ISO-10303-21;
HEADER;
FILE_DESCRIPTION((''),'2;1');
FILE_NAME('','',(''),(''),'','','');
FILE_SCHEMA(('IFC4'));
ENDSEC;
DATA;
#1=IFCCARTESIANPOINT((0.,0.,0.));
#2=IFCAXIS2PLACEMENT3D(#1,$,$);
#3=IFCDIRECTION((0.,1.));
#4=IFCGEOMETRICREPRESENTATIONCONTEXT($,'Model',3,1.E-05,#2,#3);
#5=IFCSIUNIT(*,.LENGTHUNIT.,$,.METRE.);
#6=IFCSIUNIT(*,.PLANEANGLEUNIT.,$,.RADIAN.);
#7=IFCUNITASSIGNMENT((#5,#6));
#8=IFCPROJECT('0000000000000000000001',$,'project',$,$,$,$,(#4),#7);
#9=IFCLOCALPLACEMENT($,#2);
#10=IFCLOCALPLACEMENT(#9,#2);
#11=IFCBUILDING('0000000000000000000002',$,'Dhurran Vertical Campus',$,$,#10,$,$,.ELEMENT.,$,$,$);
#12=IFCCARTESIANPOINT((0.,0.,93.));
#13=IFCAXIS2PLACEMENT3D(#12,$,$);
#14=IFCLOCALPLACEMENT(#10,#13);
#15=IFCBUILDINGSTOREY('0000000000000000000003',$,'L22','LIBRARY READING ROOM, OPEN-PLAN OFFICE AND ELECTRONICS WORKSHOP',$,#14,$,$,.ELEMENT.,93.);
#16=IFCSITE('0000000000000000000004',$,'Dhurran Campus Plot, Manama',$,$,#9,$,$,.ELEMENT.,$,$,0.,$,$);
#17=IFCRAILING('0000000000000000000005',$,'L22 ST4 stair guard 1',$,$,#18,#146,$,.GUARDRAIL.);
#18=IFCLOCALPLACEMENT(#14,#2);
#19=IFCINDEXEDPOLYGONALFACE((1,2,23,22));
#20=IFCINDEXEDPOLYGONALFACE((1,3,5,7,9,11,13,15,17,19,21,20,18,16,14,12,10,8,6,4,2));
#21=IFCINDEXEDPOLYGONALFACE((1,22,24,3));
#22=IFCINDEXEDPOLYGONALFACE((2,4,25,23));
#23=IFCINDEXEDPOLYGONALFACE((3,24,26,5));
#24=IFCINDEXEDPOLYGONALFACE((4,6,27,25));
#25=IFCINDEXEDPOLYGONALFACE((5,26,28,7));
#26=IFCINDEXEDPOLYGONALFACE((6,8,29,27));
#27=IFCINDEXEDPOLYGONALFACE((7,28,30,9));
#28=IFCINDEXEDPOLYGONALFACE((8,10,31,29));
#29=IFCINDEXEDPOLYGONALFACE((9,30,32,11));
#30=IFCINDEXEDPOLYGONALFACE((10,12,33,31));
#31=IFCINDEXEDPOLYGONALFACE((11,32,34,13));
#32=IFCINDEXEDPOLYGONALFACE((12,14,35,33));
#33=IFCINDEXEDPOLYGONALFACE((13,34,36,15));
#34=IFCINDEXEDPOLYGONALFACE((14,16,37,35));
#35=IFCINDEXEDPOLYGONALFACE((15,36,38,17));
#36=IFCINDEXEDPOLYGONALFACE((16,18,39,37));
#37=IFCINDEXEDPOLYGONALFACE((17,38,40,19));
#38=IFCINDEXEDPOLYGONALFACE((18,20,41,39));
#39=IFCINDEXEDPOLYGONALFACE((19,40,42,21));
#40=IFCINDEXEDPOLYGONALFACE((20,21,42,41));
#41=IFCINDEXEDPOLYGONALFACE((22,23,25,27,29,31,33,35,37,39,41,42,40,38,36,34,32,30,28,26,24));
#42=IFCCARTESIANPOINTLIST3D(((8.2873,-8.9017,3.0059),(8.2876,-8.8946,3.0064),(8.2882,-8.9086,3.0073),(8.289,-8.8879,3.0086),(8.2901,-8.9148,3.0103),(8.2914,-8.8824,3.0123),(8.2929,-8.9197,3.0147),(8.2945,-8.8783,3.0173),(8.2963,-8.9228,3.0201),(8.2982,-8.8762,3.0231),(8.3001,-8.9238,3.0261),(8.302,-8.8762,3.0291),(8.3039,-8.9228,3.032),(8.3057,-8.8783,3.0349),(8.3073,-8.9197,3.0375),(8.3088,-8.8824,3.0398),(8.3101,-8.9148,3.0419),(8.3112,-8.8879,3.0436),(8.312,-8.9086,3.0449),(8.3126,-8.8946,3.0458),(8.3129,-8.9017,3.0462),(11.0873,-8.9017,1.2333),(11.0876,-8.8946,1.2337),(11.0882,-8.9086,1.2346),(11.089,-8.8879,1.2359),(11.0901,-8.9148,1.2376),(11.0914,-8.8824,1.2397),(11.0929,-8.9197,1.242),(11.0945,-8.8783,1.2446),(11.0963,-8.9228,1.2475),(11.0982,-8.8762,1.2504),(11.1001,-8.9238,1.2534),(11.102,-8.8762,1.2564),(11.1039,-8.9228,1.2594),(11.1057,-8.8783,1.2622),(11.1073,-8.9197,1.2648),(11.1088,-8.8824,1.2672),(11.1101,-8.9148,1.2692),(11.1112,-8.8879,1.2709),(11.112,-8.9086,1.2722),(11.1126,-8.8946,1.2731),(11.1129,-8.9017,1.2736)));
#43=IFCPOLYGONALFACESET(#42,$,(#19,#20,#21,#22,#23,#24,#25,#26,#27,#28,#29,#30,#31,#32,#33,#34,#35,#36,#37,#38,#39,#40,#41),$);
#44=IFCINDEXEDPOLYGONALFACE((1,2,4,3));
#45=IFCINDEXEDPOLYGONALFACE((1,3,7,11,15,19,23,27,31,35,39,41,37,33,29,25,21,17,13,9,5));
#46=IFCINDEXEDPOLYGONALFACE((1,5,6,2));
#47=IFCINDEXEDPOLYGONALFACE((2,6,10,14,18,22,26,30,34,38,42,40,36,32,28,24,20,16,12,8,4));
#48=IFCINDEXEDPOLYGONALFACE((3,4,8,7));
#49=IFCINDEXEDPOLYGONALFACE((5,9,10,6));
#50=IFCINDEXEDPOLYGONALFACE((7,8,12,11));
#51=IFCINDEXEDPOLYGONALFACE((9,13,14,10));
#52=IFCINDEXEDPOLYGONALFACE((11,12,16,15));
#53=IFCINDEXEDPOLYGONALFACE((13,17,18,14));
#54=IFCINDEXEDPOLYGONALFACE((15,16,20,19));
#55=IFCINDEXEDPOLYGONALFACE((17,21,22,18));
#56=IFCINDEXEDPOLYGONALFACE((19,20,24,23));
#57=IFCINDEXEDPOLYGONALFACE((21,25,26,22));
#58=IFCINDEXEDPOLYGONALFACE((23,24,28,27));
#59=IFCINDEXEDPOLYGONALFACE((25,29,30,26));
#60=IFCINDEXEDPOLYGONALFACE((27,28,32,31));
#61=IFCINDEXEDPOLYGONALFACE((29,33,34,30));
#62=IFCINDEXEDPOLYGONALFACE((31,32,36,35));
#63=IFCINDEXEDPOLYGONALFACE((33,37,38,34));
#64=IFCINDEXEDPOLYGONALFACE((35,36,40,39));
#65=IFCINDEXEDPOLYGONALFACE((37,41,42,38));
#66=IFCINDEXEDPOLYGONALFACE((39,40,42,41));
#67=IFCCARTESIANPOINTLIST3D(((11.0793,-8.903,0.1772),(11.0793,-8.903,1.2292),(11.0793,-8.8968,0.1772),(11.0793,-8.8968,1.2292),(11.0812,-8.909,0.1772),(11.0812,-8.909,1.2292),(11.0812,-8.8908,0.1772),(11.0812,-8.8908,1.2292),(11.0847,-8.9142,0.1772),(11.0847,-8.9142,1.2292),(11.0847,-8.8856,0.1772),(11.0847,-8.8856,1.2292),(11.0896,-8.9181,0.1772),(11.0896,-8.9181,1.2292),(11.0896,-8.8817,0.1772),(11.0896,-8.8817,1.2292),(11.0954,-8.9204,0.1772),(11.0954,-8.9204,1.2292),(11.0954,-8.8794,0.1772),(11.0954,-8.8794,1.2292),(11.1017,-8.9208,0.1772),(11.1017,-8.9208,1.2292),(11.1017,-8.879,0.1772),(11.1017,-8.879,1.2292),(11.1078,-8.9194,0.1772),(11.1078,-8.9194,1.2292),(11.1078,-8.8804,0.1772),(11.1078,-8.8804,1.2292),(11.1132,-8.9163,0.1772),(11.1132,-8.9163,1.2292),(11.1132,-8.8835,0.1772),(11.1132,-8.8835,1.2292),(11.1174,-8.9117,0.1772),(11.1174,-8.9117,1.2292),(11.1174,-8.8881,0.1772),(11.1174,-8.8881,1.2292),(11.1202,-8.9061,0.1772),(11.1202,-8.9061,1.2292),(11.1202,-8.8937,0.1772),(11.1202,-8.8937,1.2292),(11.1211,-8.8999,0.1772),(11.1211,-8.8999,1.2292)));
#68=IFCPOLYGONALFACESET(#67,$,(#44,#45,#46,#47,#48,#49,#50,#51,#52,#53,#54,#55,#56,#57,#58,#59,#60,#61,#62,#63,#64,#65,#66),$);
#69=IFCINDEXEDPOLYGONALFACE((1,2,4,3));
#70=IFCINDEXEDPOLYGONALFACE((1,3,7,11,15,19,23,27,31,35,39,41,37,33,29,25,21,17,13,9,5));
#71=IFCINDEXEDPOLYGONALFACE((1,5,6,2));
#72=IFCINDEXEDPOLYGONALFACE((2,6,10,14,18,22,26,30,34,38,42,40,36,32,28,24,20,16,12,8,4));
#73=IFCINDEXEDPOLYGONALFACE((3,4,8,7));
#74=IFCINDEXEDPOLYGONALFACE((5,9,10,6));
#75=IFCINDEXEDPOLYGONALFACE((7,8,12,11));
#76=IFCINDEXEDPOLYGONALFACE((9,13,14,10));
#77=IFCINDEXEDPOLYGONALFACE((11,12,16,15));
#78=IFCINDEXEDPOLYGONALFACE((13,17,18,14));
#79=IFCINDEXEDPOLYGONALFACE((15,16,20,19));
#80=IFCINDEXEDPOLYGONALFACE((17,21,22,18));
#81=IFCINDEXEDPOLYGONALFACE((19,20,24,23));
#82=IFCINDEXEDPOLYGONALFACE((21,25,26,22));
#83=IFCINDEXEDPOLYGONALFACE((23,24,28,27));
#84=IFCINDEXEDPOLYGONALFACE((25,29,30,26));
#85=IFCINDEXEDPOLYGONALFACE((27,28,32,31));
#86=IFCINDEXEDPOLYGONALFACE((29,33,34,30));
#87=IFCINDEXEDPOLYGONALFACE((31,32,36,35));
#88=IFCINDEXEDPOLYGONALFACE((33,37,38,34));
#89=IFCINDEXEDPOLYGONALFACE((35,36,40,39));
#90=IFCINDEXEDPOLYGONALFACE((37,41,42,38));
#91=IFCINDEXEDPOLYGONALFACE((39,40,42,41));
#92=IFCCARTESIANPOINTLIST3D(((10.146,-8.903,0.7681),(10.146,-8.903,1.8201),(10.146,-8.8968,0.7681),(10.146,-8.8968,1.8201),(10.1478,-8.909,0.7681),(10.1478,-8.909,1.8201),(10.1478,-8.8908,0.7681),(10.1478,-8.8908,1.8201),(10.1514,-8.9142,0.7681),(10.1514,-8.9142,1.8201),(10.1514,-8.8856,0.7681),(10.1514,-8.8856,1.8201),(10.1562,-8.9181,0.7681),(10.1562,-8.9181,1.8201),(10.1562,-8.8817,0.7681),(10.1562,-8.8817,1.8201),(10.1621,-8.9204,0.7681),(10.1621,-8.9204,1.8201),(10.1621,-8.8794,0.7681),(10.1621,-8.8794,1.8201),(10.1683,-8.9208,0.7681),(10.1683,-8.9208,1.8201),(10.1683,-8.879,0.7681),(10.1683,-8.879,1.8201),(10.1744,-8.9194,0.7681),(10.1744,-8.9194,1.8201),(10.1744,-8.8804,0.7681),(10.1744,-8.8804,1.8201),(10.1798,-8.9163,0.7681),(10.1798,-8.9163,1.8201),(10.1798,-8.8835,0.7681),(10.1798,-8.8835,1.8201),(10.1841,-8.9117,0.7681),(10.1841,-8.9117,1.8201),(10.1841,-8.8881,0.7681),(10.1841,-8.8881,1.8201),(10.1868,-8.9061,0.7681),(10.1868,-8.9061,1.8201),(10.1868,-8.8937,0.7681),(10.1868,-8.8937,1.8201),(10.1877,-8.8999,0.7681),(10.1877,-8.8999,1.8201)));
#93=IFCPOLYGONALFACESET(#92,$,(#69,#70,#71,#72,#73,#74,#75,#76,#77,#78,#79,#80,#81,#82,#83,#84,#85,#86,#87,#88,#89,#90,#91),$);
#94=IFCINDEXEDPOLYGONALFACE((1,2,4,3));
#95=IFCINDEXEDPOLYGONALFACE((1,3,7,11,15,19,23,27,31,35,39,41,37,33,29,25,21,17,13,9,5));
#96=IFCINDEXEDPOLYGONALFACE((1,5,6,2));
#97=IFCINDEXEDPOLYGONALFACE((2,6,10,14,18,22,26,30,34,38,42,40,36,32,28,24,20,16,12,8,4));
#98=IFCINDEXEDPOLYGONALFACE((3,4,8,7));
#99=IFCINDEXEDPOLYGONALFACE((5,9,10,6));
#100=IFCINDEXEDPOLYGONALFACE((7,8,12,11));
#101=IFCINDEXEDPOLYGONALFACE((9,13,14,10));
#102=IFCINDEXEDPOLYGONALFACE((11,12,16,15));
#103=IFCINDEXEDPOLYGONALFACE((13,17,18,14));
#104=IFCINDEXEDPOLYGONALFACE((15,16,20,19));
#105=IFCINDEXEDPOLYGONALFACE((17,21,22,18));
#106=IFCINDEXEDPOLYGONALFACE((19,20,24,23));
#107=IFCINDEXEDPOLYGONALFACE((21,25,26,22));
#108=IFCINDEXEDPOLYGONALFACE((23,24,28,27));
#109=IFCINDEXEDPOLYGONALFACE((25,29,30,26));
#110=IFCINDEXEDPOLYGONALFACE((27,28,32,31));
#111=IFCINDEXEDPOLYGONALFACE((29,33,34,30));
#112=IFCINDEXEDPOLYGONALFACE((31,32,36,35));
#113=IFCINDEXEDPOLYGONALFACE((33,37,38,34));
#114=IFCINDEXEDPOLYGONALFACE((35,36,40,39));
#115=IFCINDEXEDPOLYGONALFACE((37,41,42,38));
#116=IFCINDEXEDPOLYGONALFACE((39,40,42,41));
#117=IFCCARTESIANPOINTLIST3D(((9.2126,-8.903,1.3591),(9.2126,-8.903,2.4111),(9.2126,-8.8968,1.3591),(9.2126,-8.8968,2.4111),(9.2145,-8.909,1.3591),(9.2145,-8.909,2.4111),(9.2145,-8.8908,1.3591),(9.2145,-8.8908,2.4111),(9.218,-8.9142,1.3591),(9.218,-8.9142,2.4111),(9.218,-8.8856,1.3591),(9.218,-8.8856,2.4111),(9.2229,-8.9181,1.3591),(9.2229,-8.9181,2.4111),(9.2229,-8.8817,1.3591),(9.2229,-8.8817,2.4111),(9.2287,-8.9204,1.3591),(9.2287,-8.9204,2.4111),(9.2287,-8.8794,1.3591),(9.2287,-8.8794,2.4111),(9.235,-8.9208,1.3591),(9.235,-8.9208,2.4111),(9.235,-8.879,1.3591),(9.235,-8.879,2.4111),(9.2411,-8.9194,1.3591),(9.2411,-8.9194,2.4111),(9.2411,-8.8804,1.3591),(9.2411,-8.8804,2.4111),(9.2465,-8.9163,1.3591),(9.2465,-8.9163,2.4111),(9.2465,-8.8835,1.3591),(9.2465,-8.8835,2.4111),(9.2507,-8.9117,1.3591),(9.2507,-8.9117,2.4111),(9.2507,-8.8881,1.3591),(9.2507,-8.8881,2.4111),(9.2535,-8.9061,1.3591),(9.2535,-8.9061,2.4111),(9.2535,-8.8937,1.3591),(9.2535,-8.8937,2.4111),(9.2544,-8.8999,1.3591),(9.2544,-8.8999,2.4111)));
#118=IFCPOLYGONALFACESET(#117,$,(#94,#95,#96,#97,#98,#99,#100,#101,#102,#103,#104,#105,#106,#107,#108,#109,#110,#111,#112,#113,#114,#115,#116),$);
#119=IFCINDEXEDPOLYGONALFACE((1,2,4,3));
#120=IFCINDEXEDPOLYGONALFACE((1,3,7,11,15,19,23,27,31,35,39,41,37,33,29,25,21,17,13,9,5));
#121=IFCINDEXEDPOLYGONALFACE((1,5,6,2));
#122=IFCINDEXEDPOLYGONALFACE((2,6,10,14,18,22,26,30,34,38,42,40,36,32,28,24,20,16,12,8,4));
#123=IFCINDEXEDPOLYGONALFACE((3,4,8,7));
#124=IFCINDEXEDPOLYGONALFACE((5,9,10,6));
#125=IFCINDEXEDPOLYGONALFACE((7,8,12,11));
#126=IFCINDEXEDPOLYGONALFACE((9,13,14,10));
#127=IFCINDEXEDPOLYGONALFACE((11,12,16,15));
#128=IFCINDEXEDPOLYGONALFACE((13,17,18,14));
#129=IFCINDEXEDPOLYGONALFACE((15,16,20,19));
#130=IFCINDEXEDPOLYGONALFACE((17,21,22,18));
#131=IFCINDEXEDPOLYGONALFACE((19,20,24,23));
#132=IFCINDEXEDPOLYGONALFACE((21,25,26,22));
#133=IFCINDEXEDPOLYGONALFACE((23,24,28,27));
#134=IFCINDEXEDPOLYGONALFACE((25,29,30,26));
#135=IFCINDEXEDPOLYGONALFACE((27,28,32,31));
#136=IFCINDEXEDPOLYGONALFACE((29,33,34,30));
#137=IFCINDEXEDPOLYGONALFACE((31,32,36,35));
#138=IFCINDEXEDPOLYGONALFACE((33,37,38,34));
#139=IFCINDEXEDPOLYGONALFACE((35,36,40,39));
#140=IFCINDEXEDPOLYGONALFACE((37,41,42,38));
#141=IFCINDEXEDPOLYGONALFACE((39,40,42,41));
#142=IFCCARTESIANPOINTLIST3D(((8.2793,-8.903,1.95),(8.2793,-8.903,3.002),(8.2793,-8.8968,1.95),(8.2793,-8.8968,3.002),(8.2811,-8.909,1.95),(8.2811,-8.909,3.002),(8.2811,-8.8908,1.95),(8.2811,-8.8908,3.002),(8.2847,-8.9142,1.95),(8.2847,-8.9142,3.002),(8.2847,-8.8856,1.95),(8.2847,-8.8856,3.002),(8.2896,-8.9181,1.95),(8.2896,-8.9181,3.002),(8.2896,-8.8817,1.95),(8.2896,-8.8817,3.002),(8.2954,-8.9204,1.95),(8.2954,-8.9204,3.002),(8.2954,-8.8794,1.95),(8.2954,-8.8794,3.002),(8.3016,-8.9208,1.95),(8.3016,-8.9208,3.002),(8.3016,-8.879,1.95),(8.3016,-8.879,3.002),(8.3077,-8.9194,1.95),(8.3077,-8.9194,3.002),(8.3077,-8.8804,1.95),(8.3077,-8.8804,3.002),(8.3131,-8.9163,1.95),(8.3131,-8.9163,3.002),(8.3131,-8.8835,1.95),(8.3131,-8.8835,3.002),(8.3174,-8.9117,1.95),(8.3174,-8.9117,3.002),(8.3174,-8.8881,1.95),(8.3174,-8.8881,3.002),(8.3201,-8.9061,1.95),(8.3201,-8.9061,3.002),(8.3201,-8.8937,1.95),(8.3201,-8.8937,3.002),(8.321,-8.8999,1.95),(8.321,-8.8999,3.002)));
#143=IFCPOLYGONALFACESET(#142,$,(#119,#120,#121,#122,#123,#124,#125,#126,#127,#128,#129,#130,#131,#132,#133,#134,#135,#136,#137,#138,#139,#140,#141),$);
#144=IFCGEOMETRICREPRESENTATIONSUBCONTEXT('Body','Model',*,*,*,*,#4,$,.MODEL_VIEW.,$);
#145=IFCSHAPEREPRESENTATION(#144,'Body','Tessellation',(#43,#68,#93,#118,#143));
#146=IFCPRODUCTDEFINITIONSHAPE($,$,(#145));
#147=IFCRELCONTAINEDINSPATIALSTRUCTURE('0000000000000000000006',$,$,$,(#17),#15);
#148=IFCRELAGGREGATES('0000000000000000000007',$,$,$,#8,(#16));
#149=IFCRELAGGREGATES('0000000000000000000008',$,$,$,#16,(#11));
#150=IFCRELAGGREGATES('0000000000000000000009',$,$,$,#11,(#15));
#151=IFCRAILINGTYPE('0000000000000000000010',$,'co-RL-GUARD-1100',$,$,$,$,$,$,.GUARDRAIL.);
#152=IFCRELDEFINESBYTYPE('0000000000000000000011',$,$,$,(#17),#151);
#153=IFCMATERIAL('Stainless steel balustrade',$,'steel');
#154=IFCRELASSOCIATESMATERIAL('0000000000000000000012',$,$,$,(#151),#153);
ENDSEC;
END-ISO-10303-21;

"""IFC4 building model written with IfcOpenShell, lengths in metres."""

from ifc_helpers import new_model, si_unit, direction, frame, origin, origin_2d, place, context, subcontext, project, spatial, circle, extrude, material, type_object, element, save


model = new_model("IFC4")

# Units and contexts
model_context = context("Model", 3, precision=1e-05, world=origin(), true_north=direction((0.0, 1.0)))
body_context = subcontext(model_context, "Body", "Model", "MODEL_VIEW")
ifc_project = project(units=[si_unit("LENGTHUNIT", "METRE"), si_unit("PLANEANGLEUNIT", "RADIAN")], contexts=[model_context])

# Site, building, storey
site_placement = place(None, origin())
site = spatial("IfcSite", under=ifc_project, at=site_placement, Name="Dhurran Campus Plot, Manama", CompositionType="ELEMENT", RefElevation=0.0)
building_placement = place(site_placement, origin())
building = spatial("IfcBuilding", under=site, at=building_placement, Name="Dhurran Vertical Campus", CompositionType="ELEMENT")
storey_placement = place(building_placement, frame((0.0, 0.0, 93.0)))
storey = spatial("IfcBuildingStorey", under=building, at=storey_placement, Name="L22", Description="LIBRARY READING ROOM, OPEN-PLAN OFFICE AND ELECTRONICS WORKSHOP", CompositionType="ELEMENT", Elevation=93.0)

# Railing
ifc_material_1 = material(Name="Stainless steel balustrade", Category="steel")
railing_type_1 = type_object("IfcRailingType", Name="co-RL-GUARD-1100", PredefinedType="GUARDRAIL", material=ifc_material_1)
railing_1_placement = place(storey_placement, frame((11.1001, -8.8999, 0.1772)))
element("IfcRailing", 1, at=railing_1_placement, inside=storey, type_object=railing_type_1, Name="L22 ST4 stair guard 1", PredefinedType="GUARDRAIL", context=body_context, shape_type="SweptSolid", body=[
    extrude(circle(Radius=0.0239, at=origin_2d()), frame((0.0, 0.0, 1.0762), z_axis=(-0.844909, 0.0, 0.53491), x_axis=(0.0, -1.0, 0.0)), (0.0, 0.0, 1.0), 3.314),
    extrude(circle(Radius=0.021, at=origin_2d()), origin(), (0.0, 0.0, 1.0), 1.052),
    extrude(circle(Radius=0.021, at=origin_2d()), frame((-0.9333, 0.0, 0.5908)), (0.0, 0.0, 1.0), 1.052),
    extrude(circle(Radius=0.021, at=origin_2d()), frame((-1.8667, 0.0, 1.1819)), (0.0, 0.0, 1.0), 1.052),
    extrude(circle(Radius=0.021, at=origin_2d()), frame((-2.8, 0.0, 1.7727)), (0.0, 0.0, 1.0), 1.052),
])

save(model, "model.ifc")
